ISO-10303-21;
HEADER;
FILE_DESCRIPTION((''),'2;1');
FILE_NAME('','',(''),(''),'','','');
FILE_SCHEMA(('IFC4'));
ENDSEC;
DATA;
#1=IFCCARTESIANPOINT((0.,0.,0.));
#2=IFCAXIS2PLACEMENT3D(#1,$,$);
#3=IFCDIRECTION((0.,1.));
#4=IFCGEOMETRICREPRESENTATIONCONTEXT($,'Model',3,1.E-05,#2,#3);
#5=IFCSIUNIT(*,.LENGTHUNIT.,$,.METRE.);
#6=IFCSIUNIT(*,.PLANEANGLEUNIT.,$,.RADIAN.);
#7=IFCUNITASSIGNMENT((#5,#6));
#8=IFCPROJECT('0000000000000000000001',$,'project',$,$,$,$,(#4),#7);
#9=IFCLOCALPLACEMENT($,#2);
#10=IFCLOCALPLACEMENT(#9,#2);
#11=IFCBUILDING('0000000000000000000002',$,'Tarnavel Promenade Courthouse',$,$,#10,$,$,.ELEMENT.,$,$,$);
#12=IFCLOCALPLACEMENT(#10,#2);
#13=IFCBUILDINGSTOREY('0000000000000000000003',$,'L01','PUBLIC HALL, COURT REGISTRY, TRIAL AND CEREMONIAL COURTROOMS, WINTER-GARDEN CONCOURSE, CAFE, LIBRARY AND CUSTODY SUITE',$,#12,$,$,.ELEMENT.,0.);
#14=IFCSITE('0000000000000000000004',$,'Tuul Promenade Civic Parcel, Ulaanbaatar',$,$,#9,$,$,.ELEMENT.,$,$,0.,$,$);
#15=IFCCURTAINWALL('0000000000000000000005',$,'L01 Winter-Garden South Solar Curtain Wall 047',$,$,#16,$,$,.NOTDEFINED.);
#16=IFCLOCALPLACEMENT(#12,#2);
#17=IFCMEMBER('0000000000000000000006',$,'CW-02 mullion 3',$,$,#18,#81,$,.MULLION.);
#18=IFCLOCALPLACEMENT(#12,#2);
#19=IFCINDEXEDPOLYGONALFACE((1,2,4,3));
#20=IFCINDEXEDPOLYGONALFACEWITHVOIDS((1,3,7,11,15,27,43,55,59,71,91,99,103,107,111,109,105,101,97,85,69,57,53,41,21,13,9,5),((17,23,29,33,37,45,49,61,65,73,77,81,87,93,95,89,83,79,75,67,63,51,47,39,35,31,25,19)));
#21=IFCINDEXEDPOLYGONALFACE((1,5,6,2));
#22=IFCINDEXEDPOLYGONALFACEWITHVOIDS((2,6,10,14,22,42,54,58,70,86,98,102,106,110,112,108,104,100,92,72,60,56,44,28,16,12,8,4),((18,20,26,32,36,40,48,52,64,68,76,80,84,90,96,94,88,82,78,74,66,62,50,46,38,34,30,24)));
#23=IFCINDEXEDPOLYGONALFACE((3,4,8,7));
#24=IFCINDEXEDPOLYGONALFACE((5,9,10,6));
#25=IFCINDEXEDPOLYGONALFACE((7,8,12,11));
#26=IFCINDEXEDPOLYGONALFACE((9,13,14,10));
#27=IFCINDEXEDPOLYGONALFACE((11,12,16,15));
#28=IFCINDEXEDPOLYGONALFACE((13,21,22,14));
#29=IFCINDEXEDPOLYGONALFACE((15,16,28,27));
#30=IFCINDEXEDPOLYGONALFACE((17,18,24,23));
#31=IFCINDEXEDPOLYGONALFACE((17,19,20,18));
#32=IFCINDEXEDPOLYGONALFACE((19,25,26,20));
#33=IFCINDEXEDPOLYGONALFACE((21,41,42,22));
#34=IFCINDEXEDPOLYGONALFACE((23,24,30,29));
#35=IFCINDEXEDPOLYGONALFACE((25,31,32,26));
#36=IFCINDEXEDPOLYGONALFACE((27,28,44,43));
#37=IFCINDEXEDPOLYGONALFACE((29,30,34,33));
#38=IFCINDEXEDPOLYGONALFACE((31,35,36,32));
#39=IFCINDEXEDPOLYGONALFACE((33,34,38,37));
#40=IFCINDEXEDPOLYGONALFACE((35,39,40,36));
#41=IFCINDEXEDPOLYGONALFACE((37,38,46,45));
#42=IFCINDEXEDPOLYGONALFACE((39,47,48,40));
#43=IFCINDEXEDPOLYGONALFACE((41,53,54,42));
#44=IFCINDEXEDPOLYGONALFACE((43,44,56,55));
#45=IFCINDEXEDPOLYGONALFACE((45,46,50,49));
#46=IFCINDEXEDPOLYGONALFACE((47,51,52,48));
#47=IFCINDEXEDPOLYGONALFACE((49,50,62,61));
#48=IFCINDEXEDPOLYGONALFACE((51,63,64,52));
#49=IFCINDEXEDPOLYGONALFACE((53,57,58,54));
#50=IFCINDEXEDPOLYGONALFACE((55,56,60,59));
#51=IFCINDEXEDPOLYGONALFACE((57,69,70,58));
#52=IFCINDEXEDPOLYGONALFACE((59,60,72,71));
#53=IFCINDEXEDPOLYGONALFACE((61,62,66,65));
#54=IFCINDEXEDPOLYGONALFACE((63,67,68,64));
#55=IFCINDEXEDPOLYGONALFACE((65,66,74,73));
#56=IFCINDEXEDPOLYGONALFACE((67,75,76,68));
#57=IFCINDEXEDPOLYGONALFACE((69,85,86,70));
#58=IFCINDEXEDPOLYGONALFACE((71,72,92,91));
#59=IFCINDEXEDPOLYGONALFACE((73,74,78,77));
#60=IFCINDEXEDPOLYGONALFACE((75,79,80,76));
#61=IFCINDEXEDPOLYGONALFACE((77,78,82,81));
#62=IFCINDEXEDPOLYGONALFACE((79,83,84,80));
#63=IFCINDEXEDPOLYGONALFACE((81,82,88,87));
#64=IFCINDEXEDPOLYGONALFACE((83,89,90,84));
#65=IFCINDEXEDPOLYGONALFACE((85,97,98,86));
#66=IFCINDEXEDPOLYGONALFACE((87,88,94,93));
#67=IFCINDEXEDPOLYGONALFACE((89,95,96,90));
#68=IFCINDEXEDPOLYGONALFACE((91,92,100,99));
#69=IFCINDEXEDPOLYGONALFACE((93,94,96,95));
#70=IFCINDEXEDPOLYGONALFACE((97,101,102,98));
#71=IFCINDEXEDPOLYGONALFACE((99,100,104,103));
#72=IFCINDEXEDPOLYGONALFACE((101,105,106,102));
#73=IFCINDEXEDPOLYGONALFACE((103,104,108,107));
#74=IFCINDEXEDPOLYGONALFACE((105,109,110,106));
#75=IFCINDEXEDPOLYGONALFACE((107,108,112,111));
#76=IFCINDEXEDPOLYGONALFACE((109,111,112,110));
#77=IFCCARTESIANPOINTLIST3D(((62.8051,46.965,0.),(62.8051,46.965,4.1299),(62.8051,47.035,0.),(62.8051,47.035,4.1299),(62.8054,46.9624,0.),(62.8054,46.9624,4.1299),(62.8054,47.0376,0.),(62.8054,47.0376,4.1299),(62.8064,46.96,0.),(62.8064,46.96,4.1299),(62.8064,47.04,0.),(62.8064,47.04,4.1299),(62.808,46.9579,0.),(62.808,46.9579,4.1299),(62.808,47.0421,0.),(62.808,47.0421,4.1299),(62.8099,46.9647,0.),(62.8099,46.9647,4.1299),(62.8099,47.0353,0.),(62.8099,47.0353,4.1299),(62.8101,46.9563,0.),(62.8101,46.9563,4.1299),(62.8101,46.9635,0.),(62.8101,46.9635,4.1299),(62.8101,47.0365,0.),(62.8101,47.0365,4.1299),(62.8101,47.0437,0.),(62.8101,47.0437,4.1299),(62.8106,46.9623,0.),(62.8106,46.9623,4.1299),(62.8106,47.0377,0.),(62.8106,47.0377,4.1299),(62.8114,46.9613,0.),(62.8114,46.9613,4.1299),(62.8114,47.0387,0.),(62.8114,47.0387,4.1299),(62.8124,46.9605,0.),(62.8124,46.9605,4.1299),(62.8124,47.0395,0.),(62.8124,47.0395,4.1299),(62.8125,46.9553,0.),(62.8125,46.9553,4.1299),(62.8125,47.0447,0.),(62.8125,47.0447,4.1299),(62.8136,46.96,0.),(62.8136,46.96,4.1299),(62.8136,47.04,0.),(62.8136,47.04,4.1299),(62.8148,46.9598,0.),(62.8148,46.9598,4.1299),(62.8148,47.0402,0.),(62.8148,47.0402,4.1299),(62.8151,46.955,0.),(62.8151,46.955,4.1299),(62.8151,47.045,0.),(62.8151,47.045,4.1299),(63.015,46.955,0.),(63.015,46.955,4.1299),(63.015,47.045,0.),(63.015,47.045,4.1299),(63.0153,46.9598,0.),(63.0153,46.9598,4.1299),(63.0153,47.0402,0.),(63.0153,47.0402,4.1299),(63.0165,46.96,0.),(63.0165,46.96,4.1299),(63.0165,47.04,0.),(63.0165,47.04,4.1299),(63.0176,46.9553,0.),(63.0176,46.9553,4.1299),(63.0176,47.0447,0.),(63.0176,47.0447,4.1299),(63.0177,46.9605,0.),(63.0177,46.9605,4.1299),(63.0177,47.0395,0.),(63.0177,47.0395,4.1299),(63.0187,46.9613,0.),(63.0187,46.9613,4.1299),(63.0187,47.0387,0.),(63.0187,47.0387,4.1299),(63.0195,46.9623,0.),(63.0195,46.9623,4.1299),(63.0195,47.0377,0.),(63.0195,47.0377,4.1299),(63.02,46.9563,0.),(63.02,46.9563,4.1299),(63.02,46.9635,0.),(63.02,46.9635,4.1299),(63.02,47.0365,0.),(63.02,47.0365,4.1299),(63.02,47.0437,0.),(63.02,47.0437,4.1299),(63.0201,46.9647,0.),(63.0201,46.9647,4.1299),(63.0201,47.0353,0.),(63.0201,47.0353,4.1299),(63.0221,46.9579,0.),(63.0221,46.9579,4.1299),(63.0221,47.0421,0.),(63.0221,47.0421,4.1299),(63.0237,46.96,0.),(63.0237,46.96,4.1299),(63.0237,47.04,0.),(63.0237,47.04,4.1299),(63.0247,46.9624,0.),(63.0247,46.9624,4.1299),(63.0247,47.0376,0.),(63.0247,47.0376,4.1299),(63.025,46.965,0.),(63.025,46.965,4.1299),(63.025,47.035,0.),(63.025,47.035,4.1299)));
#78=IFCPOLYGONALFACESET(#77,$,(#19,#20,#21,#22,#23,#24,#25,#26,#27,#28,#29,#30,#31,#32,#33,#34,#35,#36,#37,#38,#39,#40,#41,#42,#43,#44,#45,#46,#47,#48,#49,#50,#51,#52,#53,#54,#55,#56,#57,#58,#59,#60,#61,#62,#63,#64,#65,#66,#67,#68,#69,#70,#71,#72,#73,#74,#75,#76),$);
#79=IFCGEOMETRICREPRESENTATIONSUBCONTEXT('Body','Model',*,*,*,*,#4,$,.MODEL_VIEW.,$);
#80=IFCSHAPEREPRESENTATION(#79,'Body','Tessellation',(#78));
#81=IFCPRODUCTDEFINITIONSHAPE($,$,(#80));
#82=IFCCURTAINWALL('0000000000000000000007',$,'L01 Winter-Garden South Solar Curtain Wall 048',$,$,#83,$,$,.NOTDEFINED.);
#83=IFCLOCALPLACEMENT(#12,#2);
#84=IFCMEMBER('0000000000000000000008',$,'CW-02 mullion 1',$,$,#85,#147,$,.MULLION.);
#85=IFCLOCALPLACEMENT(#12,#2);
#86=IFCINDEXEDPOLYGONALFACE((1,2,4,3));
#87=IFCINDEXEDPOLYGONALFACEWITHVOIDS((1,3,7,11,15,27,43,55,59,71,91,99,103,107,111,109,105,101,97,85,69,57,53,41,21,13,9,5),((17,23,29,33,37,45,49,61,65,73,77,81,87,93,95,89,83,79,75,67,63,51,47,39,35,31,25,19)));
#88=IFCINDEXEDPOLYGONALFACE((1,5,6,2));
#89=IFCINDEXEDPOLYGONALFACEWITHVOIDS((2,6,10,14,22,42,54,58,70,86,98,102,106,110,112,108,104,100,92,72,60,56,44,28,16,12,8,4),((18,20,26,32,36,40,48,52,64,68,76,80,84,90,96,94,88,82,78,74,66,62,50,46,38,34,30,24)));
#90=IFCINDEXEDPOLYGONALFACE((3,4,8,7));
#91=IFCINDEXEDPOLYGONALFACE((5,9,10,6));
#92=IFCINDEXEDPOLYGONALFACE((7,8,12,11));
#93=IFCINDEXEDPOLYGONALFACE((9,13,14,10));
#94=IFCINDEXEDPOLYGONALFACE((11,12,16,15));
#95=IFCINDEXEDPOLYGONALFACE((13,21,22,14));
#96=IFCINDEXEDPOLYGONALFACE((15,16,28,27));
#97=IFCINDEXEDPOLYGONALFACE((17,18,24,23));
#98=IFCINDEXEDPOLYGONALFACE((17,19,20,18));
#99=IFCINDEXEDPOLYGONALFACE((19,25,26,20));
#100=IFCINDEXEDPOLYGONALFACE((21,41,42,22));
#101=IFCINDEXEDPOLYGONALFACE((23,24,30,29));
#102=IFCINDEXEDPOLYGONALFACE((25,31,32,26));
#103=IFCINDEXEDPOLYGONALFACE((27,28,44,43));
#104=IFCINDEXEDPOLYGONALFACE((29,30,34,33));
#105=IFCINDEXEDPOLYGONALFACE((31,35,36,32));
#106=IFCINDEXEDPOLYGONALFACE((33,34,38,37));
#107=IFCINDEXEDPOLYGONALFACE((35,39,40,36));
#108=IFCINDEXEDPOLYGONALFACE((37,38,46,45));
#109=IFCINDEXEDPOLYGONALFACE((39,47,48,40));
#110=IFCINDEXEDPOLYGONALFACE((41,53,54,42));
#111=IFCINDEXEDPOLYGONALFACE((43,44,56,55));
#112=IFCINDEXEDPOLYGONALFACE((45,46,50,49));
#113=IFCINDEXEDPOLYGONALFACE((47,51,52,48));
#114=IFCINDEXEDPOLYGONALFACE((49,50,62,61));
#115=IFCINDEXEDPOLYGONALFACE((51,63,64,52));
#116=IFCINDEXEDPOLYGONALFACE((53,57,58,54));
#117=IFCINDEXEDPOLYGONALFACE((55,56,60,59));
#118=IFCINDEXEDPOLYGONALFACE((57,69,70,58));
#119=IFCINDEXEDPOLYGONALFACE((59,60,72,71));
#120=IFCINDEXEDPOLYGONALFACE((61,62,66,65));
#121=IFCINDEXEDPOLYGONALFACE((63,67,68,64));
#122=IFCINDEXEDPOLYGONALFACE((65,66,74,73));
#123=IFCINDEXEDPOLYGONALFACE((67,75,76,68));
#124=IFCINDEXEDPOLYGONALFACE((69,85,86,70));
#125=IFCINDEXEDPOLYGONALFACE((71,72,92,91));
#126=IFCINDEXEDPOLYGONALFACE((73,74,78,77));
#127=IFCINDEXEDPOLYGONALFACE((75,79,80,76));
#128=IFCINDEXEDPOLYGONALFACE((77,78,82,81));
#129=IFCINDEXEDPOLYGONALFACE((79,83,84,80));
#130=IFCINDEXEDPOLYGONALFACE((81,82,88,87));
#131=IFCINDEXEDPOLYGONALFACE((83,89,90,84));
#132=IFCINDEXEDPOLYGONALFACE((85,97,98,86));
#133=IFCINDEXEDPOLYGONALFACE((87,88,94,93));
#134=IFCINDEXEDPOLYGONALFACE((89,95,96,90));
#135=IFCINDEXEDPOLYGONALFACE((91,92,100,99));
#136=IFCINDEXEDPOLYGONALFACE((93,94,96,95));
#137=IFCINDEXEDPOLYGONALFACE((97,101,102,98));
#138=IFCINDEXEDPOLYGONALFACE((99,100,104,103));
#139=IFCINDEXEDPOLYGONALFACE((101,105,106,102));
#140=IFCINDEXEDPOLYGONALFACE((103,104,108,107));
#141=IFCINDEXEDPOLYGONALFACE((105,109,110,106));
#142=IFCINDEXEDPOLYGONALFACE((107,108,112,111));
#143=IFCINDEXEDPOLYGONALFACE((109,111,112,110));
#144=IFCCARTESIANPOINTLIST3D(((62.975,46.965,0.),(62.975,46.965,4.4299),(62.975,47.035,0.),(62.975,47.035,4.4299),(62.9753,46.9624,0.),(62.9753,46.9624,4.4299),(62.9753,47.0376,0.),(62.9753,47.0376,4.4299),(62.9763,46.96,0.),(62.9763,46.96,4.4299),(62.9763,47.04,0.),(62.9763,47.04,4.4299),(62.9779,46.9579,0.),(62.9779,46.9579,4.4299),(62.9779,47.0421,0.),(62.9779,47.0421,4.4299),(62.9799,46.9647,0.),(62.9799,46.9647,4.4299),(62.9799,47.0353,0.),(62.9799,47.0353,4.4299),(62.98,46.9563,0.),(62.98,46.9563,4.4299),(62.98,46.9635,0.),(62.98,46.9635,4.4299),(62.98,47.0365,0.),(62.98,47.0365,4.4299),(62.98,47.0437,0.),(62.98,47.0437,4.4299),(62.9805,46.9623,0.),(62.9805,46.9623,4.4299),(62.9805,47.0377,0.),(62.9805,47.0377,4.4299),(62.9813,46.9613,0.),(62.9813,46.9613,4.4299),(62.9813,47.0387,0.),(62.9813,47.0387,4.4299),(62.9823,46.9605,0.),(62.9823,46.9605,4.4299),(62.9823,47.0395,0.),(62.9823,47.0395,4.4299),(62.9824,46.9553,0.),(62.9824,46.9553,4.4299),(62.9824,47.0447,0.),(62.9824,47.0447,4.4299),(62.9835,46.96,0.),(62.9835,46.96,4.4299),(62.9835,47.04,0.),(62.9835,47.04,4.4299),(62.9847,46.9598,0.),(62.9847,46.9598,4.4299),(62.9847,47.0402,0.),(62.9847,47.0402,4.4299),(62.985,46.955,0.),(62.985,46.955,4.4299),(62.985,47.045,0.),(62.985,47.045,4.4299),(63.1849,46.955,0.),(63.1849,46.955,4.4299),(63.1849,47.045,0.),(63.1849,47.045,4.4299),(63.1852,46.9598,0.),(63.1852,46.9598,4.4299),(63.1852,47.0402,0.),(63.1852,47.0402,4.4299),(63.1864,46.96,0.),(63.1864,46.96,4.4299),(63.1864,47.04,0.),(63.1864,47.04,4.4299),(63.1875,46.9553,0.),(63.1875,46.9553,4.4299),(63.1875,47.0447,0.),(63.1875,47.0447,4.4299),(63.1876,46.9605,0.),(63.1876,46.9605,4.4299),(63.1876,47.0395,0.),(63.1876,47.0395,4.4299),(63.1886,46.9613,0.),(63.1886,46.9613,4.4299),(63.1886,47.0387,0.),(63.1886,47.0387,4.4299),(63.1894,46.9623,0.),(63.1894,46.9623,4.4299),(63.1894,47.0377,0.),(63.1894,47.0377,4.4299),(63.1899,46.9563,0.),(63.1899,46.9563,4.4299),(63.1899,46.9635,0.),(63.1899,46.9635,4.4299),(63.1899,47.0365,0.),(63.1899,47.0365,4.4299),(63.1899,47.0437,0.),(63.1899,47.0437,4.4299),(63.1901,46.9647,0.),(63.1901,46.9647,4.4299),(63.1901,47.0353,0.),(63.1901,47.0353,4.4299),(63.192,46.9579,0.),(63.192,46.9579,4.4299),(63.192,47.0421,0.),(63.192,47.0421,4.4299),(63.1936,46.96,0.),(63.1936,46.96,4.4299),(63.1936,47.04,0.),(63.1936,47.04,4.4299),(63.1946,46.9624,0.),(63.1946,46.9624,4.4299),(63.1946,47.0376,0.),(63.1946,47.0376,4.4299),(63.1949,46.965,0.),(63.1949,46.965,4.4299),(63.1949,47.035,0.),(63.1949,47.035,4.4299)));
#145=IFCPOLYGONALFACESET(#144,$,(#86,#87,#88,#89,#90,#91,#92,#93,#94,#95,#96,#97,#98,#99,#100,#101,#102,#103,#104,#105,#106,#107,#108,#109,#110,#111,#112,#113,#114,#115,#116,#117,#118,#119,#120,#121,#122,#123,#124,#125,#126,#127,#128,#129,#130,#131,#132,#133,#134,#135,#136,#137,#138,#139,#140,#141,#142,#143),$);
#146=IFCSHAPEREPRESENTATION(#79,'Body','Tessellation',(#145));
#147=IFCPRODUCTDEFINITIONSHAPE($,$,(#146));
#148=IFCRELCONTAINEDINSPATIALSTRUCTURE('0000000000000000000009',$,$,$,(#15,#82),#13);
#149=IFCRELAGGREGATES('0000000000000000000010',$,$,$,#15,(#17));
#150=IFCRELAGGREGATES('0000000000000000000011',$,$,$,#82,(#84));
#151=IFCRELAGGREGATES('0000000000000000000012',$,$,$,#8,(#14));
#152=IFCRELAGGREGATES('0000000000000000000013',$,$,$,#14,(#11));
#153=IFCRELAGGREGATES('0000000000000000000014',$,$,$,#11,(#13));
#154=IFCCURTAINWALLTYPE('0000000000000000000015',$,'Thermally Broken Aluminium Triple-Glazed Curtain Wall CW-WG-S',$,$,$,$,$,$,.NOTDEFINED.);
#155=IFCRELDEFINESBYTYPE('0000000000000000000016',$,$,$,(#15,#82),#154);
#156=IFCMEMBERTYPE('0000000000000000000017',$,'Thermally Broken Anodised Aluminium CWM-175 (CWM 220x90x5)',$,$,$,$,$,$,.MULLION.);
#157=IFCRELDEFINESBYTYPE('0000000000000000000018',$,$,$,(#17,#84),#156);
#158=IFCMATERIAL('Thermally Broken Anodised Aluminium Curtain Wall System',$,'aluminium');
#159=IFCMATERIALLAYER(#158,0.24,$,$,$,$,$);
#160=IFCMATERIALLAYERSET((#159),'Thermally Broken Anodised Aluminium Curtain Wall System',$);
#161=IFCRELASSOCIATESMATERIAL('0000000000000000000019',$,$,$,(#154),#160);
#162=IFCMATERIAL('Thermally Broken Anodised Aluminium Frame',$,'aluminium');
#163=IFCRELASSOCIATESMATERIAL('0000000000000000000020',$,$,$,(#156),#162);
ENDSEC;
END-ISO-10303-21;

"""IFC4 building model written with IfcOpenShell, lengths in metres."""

from ifc_helpers import new_model, si_unit, direction, frame, origin, origin_2d, place, context, subcontext, project, spatial, hollow_rectangle, extrude, material, layer, layer_set, material_profile, profile_set, type_object, element, aggregate, save


model = new_model("IFC4")

# Units and contexts
model_context = context("Model", 3, precision=1e-05, world=origin(), true_north=direction((0.0, 1.0)))
body_context = subcontext(model_context, "Body", "Model", "MODEL_VIEW")
ifc_project = project(units=[si_unit("LENGTHUNIT", "METRE"), si_unit("PLANEANGLEUNIT", "RADIAN")], contexts=[model_context])

# Site, building, storey
site_placement = place(None, origin())
site = spatial("IfcSite", under=ifc_project, at=site_placement, Name="Tuul Promenade Civic Parcel, Ulaanbaatar", CompositionType="ELEMENT", RefElevation=0.0)
building_placement = place(site_placement, origin())
building = spatial("IfcBuilding", under=site, at=building_placement, Name="Tarnavel Promenade Courthouse", CompositionType="ELEMENT")
storey_placement = place(building_placement, origin())
storey = spatial("IfcBuildingStorey", under=building, at=storey_placement, Name="L01", Description="PUBLIC HALL, COURT REGISTRY, TRIAL AND CEREMONIAL COURTROOMS, WINTER-GARDEN CONCOURSE, CAFE, LIBRARY AND CUSTODY SUITE", CompositionType="ELEMENT", Elevation=0.0)

# Curtain walls, members
ifc_material_1 = material(Name="Thermally Broken Anodised Aluminium Curtain Wall System", Category="aluminium")
ifc_layer_1 = layer(ifc_material_1, 0.24)
ifc_layer_set_1 = layer_set([ifc_layer_1], Name="Thermally Broken Anodised Aluminium Curtain Wall System")
curtain_wall_type = type_object("IfcCurtainWallType", Name="Thermally Broken Aluminium Triple-Glazed Curtain Wall CW-WG-S", PredefinedType="NOTDEFINED", material=ifc_layer_set_1)
ifc_material_2 = material(Name="Thermally Broken Anodised Aluminium Frame", Category="aluminium")
ifc_material_profile_1 = material_profile(ifc_material_2, hollow_rectangle(XDim=0.0901, YDim=0.22, WallThickness=0.0049, InnerFilletRadius=0.0049, OuterFilletRadius=0.01, at=origin_2d()), Name="CWM 220x90x5")
ifc_profile_set_1 = profile_set([ifc_material_profile_1], Name="Thermally Broken Anodised Aluminium Frame")
member_type_1 = type_object("IfcMemberType", Name="Thermally Broken Anodised Aluminium CWM-175 (CWM 220x90x5)", PredefinedType="MULLION", material=ifc_profile_set_1)
curtain_wall_1_placement = place(storey_placement, origin())
curtain_wall_1 = element("IfcCurtainWall", 1, at=curtain_wall_1_placement, inside=storey, type_object=curtain_wall_type, Name="L01 Winter-Garden South Solar Curtain Wall 047", PredefinedType="NOTDEFINED")
member_1_placement = place(storey_placement, frame((62.915, 47.0, 0.0), z_axis=(0.0, 0.0, 1.0), x_axis=(0.0, 1.0, 0.0)))
member_1 = element("IfcMember", 2, at=member_1_placement, type_object=member_type_1, Name="CW-02 mullion 3", PredefinedType="MULLION", context=body_context, shape_type="SweptSolid", body=[
    extrude(hollow_rectangle(XDim=0.0901, YDim=0.22, WallThickness=0.0049, InnerFilletRadius=0.0049, OuterFilletRadius=0.01, at=origin_2d()), origin(), (0.0, 0.0, 1.0), 4.1299),
])
curtain_wall_2_placement = place(storey_placement, origin())
curtain_wall_2 = element("IfcCurtainWall", 3, at=curtain_wall_2_placement, inside=storey, type_object=curtain_wall_type, Name="L01 Winter-Garden South Solar Curtain Wall 048", PredefinedType="NOTDEFINED")
member_2_placement = place(storey_placement, frame((63.085, 47.0, 0.0), z_axis=(0.0, 0.0, 1.0), x_axis=(0.0, 1.0, 0.0)))
member_2 = element("IfcMember", 4, at=member_2_placement, type_object=member_type_1, Name="CW-02 mullion 1", PredefinedType="MULLION", context=body_context, shape_type="SweptSolid", body=[
    extrude(hollow_rectangle(XDim=0.0901, YDim=0.22, WallThickness=0.0049, InnerFilletRadius=0.0049, OuterFilletRadius=0.01, at=origin_2d()), origin(), (0.0, 0.0, 1.0), 4.4299),
])

aggregate(curtain_wall_1, [member_1])
aggregate(curtain_wall_2, [member_2])

save(model, "model.ifc")
